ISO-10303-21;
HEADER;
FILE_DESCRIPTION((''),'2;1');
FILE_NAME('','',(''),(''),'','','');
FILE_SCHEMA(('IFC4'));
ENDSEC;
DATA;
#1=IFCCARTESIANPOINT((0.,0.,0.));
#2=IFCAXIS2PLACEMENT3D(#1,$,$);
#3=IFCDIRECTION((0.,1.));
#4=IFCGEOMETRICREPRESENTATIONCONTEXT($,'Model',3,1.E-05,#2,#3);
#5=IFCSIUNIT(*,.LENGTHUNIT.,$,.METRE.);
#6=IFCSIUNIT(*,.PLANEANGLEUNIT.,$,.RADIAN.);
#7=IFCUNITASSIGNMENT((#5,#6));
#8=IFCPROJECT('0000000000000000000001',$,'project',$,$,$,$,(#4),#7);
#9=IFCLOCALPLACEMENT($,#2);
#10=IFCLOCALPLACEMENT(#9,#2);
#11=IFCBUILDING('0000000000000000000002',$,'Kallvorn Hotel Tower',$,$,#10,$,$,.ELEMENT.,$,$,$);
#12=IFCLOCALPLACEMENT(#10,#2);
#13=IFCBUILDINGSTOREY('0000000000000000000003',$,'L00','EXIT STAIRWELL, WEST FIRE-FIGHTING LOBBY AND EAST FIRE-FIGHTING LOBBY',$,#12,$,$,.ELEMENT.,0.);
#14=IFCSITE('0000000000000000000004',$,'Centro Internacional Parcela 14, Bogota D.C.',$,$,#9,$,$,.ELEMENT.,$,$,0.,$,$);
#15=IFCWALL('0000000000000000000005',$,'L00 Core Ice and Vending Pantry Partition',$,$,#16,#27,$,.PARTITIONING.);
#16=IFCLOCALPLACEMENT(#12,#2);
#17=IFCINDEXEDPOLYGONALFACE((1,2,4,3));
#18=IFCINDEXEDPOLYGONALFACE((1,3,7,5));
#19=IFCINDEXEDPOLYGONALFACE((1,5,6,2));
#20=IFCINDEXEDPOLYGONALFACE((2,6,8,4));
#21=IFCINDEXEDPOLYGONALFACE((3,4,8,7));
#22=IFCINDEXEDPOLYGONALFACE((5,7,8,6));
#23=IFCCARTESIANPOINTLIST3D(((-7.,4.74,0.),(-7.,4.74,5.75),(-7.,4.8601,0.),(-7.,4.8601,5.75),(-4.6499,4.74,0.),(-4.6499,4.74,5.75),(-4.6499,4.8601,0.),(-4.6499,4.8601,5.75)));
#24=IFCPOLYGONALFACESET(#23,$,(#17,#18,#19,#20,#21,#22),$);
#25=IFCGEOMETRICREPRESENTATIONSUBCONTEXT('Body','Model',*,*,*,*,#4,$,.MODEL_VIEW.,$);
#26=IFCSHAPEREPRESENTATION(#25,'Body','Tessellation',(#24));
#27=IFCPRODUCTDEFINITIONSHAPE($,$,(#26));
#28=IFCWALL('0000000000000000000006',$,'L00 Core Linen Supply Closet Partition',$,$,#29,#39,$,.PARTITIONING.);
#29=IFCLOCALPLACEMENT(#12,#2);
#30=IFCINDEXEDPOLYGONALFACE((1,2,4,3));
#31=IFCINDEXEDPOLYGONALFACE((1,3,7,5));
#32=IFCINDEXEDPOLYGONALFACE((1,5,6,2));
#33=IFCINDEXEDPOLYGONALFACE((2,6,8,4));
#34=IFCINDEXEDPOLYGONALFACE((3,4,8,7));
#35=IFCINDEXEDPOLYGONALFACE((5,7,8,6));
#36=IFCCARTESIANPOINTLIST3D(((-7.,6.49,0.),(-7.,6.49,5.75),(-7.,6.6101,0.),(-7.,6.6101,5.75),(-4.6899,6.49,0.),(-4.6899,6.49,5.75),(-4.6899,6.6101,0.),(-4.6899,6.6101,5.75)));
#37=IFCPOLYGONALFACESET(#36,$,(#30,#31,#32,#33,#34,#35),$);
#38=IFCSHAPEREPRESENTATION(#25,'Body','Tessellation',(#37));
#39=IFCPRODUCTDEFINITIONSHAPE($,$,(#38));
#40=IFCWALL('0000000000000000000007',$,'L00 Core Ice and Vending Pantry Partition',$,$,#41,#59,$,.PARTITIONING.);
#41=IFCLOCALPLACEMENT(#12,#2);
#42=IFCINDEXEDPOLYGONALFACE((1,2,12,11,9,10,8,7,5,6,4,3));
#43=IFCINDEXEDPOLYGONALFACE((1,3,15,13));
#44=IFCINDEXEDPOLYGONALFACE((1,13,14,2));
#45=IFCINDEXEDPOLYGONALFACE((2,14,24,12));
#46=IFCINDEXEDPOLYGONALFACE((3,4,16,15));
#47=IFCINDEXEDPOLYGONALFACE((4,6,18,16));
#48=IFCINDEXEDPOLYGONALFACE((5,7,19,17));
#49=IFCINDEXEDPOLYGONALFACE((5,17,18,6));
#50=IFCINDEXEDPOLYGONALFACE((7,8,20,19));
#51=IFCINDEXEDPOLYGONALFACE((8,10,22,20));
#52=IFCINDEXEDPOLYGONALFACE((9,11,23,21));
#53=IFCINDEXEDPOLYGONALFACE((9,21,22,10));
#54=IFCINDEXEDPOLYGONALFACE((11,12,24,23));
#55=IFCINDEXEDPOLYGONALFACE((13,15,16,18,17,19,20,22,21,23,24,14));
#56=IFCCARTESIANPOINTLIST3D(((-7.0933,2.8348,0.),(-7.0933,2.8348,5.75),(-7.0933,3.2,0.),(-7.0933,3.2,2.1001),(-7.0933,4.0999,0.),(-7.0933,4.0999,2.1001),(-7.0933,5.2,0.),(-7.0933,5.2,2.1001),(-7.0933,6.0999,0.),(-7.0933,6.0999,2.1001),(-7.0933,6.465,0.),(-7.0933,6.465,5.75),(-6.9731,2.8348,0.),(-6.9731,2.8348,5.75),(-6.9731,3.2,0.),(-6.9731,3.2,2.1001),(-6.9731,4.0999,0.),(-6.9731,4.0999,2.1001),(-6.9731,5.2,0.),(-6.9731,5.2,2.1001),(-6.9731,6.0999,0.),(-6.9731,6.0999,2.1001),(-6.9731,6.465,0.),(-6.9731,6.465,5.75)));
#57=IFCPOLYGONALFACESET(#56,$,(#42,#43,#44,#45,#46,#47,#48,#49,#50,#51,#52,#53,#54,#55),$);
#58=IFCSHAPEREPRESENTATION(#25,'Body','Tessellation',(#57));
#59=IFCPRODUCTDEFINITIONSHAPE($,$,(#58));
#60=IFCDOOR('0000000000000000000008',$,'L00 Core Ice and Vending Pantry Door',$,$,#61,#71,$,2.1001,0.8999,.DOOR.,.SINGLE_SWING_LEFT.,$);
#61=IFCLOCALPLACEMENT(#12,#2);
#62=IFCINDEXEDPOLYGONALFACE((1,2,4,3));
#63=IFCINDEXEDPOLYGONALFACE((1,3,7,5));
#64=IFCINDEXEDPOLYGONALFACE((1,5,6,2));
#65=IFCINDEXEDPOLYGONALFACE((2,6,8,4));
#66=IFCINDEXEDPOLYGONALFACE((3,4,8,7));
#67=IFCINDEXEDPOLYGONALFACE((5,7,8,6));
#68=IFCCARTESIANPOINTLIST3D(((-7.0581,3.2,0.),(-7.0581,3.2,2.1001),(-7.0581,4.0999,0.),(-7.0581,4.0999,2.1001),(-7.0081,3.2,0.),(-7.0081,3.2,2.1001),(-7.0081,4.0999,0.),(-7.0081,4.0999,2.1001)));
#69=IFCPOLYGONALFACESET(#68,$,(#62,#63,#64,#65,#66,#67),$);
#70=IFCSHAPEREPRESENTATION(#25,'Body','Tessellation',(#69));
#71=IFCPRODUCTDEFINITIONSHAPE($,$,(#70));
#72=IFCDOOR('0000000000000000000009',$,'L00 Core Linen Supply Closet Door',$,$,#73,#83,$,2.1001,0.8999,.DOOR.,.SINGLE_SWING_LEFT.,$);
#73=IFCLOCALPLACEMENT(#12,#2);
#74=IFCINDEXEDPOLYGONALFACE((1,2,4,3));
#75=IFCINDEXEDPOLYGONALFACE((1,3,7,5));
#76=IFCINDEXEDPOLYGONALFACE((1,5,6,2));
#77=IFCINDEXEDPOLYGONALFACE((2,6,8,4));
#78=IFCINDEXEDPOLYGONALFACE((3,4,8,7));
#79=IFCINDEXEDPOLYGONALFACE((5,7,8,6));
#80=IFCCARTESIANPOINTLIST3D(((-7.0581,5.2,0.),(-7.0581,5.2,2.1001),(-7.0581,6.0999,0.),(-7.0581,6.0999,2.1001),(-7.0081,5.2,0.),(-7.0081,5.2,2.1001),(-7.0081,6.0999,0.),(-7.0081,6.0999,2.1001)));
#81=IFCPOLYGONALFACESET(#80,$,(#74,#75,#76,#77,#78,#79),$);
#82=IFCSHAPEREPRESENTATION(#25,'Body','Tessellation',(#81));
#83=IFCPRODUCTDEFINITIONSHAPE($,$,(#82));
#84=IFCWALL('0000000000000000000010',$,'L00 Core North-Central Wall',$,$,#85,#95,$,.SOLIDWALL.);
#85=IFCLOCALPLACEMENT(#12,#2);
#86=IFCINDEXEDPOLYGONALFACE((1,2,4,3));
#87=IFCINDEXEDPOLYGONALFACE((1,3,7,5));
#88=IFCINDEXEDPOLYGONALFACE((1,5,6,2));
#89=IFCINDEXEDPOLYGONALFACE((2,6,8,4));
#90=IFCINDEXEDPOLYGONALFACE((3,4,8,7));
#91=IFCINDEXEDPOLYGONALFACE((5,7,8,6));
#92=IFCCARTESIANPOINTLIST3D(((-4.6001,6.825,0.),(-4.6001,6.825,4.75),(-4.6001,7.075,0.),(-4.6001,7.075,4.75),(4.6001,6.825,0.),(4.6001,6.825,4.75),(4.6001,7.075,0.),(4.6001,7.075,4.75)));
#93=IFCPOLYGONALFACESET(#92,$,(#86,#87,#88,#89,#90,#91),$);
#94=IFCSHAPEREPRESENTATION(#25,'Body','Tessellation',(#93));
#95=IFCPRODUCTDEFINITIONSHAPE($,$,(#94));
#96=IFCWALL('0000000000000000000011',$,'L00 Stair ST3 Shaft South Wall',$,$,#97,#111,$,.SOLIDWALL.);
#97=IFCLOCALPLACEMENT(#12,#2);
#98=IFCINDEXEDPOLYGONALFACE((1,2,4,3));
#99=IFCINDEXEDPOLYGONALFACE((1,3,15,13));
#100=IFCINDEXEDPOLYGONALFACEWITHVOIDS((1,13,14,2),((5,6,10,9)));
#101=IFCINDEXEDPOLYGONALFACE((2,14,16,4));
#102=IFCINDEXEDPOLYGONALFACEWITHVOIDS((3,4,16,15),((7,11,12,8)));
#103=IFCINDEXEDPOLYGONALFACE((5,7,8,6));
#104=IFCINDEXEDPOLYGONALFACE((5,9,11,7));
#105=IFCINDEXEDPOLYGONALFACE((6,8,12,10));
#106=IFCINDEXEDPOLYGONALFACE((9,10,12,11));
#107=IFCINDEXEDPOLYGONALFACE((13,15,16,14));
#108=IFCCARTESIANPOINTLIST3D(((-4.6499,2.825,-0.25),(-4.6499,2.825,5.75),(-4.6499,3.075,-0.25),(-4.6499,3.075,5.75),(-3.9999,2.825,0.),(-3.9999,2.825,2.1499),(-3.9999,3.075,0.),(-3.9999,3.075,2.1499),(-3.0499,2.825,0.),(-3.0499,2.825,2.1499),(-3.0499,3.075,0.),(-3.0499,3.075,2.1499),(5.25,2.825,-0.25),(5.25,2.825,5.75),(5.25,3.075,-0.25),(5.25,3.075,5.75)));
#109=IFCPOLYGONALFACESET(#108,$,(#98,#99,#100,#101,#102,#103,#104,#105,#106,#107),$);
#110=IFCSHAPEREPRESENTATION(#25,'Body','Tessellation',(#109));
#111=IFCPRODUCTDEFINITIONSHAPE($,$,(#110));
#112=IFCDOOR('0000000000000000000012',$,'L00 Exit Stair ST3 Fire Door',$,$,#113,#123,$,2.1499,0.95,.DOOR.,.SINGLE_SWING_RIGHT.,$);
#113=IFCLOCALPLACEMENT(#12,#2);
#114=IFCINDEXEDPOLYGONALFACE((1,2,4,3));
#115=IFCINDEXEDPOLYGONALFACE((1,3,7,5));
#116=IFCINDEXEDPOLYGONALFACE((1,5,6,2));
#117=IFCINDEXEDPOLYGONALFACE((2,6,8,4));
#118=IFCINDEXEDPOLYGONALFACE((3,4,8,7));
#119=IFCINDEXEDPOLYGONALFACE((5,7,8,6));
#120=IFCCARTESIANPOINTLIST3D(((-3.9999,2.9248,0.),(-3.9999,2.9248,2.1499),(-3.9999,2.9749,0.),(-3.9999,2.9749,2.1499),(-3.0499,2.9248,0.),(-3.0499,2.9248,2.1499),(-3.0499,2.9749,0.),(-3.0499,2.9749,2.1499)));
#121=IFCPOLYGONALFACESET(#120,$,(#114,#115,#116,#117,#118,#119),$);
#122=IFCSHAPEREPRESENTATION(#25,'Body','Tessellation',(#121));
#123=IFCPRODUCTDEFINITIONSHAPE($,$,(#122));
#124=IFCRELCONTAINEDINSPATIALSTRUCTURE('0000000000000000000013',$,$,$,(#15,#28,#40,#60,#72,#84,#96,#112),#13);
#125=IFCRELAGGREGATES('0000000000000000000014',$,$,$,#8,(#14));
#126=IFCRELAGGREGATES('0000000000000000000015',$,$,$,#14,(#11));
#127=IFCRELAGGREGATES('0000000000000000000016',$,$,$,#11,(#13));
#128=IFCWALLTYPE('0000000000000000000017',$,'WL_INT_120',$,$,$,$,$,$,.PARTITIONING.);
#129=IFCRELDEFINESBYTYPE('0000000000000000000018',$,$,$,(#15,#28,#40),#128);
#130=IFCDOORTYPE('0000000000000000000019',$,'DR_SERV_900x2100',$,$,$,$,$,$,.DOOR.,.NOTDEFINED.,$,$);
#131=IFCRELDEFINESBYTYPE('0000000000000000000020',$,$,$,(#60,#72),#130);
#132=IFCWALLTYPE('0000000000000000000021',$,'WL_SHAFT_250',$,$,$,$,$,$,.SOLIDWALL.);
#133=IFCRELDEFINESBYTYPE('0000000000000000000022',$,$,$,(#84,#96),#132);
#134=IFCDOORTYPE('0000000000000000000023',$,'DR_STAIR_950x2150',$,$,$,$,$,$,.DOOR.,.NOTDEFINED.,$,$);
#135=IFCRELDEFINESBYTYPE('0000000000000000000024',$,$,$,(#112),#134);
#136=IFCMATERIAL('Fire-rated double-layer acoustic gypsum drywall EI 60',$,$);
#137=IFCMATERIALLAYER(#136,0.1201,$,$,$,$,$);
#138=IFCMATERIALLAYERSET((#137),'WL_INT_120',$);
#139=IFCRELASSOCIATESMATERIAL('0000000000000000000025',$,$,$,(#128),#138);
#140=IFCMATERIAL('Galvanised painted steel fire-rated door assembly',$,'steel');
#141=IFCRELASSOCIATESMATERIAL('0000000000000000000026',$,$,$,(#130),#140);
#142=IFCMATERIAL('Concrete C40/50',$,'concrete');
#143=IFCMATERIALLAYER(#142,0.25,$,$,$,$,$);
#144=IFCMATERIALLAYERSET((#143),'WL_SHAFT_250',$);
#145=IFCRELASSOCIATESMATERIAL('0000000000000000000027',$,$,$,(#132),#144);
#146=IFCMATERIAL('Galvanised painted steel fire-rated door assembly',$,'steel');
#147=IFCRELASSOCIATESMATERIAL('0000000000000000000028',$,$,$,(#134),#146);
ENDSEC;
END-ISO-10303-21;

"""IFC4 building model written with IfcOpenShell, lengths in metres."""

from ifc_helpers import new_model, si_unit, direction, frame, frame_2d, origin, place, context, subcontext, project, spatial, rectangle, extrude, material, layer, layer_set, type_object, element, fill, save


model = new_model("IFC4")

# Units and contexts
model_context = context("Model", 3, precision=1e-05, world=origin(), true_north=direction((0.0, 1.0)))
body_context = subcontext(model_context, "Body", "Model", "MODEL_VIEW")
ifc_project = project(units=[si_unit("LENGTHUNIT", "METRE"), si_unit("PLANEANGLEUNIT", "RADIAN")], contexts=[model_context])

# Site, building, storey
site_placement = place(None, origin())
site = spatial("IfcSite", under=ifc_project, at=site_placement, Name="Centro Internacional Parcela 14, Bogota D.C.", CompositionType="ELEMENT", RefElevation=0.0)
building_placement = place(site_placement, origin())
building = spatial("IfcBuilding", under=site, at=building_placement, Name="Kallvorn Hotel Tower", CompositionType="ELEMENT")
storey_placement = place(building_placement, origin())
storey = spatial("IfcBuildingStorey", under=building, at=storey_placement, Name="L00", Description="EXIT STAIRWELL, WEST FIRE-FIGHTING LOBBY AND EAST FIRE-FIGHTING LOBBY", CompositionType="ELEMENT", Elevation=0.0)

# Walls
ifc_material_1 = material(Name="Fire-rated double-layer acoustic gypsum drywall EI 60")
ifc_layer_1 = layer(ifc_material_1, 0.1201)
ifc_layer_set_1 = layer_set([ifc_layer_1], Name="WL_INT_120")
wall_type_1 = type_object("IfcWallType", Name="WL_INT_120", PredefinedType="PARTITIONING", material=ifc_layer_set_1)
wall_1_placement = place(storey_placement, frame((-7.0, 4.8, 0.0), z_axis=(0.0, 0.0, 1.0), x_axis=(1.0, 0.0, 0.0)))
element("IfcWall", 1, at=wall_1_placement, inside=storey, type_object=wall_type_1, Name="L00 Core Ice and Vending Pantry Partition", PredefinedType="PARTITIONING", context=body_context, shape_type="SweptSolid", body=[
    extrude(rectangle(XDim=2.3501, YDim=0.1201, at=frame_2d((1.175, 0.0))), origin(), (0.0, 0.0, 1.0), 5.75),
])
wall_2_placement = place(storey_placement, frame((-7.0, 6.55, 0.0), z_axis=(0.0, 0.0, 1.0), x_axis=(1.0, 0.0, 0.0)))
element("IfcWall", 2, at=wall_2_placement, inside=storey, type_object=wall_type_1, Name="L00 Core Linen Supply Closet Partition", PredefinedType="PARTITIONING", context=body_context, shape_type="SweptSolid", body=[
    extrude(rectangle(XDim=2.3101, YDim=0.1201, at=frame_2d((1.155, 0.0))), origin(), (0.0, 0.0, 1.0), 5.75),
])

# Wall, openings, doors
wall_3_placement = place(storey_placement, frame((-7.0332, 2.835, 0.0), z_axis=(0.0, 0.0, 1.0), x_axis=(0.0, 1.0, 0.0)))
wall_3 = element("IfcWall", 3, at=wall_3_placement, inside=storey, type_object=wall_type_1, Name="L00 Core Ice and Vending Pantry Partition", PredefinedType="PARTITIONING", context=body_context, shape_type="SweptSolid", body=[
    extrude(rectangle(XDim=3.6301, YDim=0.1201, at=frame_2d((1.8149, 0.0))), origin(), (0.0, 0.0, 1.0), 5.75),
])
opening_1_placement = place(wall_3_placement, frame((0.365, 0.0, 0.0)))
opening_1 = element("IfcOpeningElement", 4, at=opening_1_placement, cuts=wall_3, PredefinedType="OPENING", context=body_context, shape_type="SweptSolid", body=[
    extrude(rectangle(XDim=0.8999, YDim=2.1001, at=frame_2d((0.45, 1.05))), frame((0.0, 0.075, 0.0), z_axis=(0.0, -1.0, 0.0), x_axis=(1.0, 0.0, 0.0)), (0.0, 0.0, 1.0), 0.1501),
])
opening_2_placement = place(wall_3_placement, frame((2.365, 0.0, 0.0)))
opening_2 = element("IfcOpeningElement", 5, at=opening_2_placement, cuts=wall_3, PredefinedType="OPENING", context=body_context, shape_type="SweptSolid", body=[
    extrude(rectangle(XDim=0.8999, YDim=2.1001, at=frame_2d((0.45, 1.05))), frame((0.0, 0.075, 0.0), z_axis=(0.0, -1.0, 0.0), x_axis=(1.0, 0.0, 0.0)), (0.0, 0.0, 1.0), 0.1501),
])
ifc_material_2 = material(Name="Galvanised painted steel fire-rated door assembly", Category="steel")
door_type_1 = type_object("IfcDoorType", Name="DR_SERV_900x2100", OperationType="NOTDEFINED", PredefinedType="DOOR", material=ifc_material_2)
door_1_placement = place(opening_1_placement, origin())
door_1 = element("IfcDoor", 6, at=door_1_placement, inside=storey, type_object=door_type_1, Name="L00 Core Ice and Vending Pantry Door", OperationType="SINGLE_SWING_LEFT", OverallHeight=2.1001, OverallWidth=0.8999, PredefinedType="DOOR", context=body_context, shape_type="SweptSolid", body=[
    extrude(rectangle(XDim=0.8999, YDim=2.1001, at=frame_2d((0.45, 1.05))), frame((0.0, 0.0249, 0.0), z_axis=(0.0, -1.0, 0.0), x_axis=(1.0, 0.0, 0.0)), (0.0, 0.0, 1.0), 0.05),
])
fill(opening_1, door_1)
door_2_placement = place(opening_2_placement, origin())
door_2 = element("IfcDoor", 7, at=door_2_placement, inside=storey, type_object=door_type_1, Name="L00 Core Linen Supply Closet Door", OperationType="SINGLE_SWING_LEFT", OverallHeight=2.1001, OverallWidth=0.8999, PredefinedType="DOOR", context=body_context, shape_type="SweptSolid", body=[
    extrude(rectangle(XDim=0.8999, YDim=2.1001, at=frame_2d((0.45, 1.05))), frame((0.0, 0.0249, 0.0), z_axis=(0.0, -1.0, 0.0), x_axis=(1.0, 0.0, 0.0)), (0.0, 0.0, 1.0), 0.05),
])
fill(opening_2, door_2)

# Wall
ifc_material_3 = material(Name="Concrete C40/50", Category="concrete")
ifc_layer_2 = layer(ifc_material_3, 0.25)
ifc_layer_set_2 = layer_set([ifc_layer_2], Name="WL_SHAFT_250")
wall_type_2 = type_object("IfcWallType", Name="WL_SHAFT_250", PredefinedType="SOLIDWALL", material=ifc_layer_set_2)
wall_4_placement = place(storey_placement, frame((-4.6001, 6.95, 0.0), z_axis=(0.0, 0.0, 1.0), x_axis=(1.0, 0.0, 0.0)))
element("IfcWall", 8, at=wall_4_placement, inside=storey, type_object=wall_type_2, Name="L00 Core North-Central Wall", PredefinedType="SOLIDWALL", context=body_context, shape_type="SweptSolid", body=[
    extrude(rectangle(XDim=9.2002, YDim=0.25, at=frame_2d((4.6001, 0.0))), origin(), (0.0, 0.0, 1.0), 4.75),
])

# Wall, opening, door
wall_5_placement = place(storey_placement, frame((-4.6499, 2.95, -0.25), z_axis=(0.0, 0.0, 1.0), x_axis=(1.0, 0.0, 0.0)))
wall_5 = element("IfcWall", 9, at=wall_5_placement, inside=storey, type_object=wall_type_2, Name="L00 Stair ST3 Shaft South Wall", PredefinedType="SOLIDWALL", context=body_context, shape_type="SweptSolid", body=[
    extrude(rectangle(XDim=9.8999, YDim=0.25, at=frame_2d((4.95, 0.0))), origin(), (0.0, 0.0, 1.0), 6.0),
])
opening_3_placement = place(wall_5_placement, frame((0.6499, 0.0, 0.25)))
opening_3 = element("IfcOpeningElement", 10, at=opening_3_placement, cuts=wall_5, PredefinedType="OPENING", context=body_context, shape_type="SweptSolid", body=[
    extrude(rectangle(XDim=0.95, YDim=2.1499, at=frame_2d((0.4751, 1.075))), frame((0.0, 0.1399, 0.0), z_axis=(0.0, -1.0, 0.0), x_axis=(1.0, 0.0, 0.0)), (0.0, 0.0, 1.0), 0.28),
])
ifc_material_4 = material(Name="Galvanised painted steel fire-rated door assembly", Category="steel")
door_type_2 = type_object("IfcDoorType", Name="DR_STAIR_950x2150", OperationType="NOTDEFINED", PredefinedType="DOOR", material=ifc_material_4)
door_3_placement = place(opening_3_placement, origin())
door_3 = element("IfcDoor", 11, at=door_3_placement, inside=storey, type_object=door_type_2, Name="L00 Exit Stair ST3 Fire Door", OperationType="SINGLE_SWING_RIGHT", OverallHeight=2.1499, OverallWidth=0.95, PredefinedType="DOOR", context=body_context, shape_type="SweptSolid", body=[
    extrude(rectangle(XDim=0.95, YDim=2.1499, at=frame_2d((0.4751, 1.075))), frame((0.0, 0.0249, 0.0), z_axis=(0.0, -1.0, 0.0), x_axis=(1.0, 0.0, 0.0)), (0.0, 0.0, 1.0), 0.05),
])
fill(opening_3, door_3)

save(model, "model.ifc")
